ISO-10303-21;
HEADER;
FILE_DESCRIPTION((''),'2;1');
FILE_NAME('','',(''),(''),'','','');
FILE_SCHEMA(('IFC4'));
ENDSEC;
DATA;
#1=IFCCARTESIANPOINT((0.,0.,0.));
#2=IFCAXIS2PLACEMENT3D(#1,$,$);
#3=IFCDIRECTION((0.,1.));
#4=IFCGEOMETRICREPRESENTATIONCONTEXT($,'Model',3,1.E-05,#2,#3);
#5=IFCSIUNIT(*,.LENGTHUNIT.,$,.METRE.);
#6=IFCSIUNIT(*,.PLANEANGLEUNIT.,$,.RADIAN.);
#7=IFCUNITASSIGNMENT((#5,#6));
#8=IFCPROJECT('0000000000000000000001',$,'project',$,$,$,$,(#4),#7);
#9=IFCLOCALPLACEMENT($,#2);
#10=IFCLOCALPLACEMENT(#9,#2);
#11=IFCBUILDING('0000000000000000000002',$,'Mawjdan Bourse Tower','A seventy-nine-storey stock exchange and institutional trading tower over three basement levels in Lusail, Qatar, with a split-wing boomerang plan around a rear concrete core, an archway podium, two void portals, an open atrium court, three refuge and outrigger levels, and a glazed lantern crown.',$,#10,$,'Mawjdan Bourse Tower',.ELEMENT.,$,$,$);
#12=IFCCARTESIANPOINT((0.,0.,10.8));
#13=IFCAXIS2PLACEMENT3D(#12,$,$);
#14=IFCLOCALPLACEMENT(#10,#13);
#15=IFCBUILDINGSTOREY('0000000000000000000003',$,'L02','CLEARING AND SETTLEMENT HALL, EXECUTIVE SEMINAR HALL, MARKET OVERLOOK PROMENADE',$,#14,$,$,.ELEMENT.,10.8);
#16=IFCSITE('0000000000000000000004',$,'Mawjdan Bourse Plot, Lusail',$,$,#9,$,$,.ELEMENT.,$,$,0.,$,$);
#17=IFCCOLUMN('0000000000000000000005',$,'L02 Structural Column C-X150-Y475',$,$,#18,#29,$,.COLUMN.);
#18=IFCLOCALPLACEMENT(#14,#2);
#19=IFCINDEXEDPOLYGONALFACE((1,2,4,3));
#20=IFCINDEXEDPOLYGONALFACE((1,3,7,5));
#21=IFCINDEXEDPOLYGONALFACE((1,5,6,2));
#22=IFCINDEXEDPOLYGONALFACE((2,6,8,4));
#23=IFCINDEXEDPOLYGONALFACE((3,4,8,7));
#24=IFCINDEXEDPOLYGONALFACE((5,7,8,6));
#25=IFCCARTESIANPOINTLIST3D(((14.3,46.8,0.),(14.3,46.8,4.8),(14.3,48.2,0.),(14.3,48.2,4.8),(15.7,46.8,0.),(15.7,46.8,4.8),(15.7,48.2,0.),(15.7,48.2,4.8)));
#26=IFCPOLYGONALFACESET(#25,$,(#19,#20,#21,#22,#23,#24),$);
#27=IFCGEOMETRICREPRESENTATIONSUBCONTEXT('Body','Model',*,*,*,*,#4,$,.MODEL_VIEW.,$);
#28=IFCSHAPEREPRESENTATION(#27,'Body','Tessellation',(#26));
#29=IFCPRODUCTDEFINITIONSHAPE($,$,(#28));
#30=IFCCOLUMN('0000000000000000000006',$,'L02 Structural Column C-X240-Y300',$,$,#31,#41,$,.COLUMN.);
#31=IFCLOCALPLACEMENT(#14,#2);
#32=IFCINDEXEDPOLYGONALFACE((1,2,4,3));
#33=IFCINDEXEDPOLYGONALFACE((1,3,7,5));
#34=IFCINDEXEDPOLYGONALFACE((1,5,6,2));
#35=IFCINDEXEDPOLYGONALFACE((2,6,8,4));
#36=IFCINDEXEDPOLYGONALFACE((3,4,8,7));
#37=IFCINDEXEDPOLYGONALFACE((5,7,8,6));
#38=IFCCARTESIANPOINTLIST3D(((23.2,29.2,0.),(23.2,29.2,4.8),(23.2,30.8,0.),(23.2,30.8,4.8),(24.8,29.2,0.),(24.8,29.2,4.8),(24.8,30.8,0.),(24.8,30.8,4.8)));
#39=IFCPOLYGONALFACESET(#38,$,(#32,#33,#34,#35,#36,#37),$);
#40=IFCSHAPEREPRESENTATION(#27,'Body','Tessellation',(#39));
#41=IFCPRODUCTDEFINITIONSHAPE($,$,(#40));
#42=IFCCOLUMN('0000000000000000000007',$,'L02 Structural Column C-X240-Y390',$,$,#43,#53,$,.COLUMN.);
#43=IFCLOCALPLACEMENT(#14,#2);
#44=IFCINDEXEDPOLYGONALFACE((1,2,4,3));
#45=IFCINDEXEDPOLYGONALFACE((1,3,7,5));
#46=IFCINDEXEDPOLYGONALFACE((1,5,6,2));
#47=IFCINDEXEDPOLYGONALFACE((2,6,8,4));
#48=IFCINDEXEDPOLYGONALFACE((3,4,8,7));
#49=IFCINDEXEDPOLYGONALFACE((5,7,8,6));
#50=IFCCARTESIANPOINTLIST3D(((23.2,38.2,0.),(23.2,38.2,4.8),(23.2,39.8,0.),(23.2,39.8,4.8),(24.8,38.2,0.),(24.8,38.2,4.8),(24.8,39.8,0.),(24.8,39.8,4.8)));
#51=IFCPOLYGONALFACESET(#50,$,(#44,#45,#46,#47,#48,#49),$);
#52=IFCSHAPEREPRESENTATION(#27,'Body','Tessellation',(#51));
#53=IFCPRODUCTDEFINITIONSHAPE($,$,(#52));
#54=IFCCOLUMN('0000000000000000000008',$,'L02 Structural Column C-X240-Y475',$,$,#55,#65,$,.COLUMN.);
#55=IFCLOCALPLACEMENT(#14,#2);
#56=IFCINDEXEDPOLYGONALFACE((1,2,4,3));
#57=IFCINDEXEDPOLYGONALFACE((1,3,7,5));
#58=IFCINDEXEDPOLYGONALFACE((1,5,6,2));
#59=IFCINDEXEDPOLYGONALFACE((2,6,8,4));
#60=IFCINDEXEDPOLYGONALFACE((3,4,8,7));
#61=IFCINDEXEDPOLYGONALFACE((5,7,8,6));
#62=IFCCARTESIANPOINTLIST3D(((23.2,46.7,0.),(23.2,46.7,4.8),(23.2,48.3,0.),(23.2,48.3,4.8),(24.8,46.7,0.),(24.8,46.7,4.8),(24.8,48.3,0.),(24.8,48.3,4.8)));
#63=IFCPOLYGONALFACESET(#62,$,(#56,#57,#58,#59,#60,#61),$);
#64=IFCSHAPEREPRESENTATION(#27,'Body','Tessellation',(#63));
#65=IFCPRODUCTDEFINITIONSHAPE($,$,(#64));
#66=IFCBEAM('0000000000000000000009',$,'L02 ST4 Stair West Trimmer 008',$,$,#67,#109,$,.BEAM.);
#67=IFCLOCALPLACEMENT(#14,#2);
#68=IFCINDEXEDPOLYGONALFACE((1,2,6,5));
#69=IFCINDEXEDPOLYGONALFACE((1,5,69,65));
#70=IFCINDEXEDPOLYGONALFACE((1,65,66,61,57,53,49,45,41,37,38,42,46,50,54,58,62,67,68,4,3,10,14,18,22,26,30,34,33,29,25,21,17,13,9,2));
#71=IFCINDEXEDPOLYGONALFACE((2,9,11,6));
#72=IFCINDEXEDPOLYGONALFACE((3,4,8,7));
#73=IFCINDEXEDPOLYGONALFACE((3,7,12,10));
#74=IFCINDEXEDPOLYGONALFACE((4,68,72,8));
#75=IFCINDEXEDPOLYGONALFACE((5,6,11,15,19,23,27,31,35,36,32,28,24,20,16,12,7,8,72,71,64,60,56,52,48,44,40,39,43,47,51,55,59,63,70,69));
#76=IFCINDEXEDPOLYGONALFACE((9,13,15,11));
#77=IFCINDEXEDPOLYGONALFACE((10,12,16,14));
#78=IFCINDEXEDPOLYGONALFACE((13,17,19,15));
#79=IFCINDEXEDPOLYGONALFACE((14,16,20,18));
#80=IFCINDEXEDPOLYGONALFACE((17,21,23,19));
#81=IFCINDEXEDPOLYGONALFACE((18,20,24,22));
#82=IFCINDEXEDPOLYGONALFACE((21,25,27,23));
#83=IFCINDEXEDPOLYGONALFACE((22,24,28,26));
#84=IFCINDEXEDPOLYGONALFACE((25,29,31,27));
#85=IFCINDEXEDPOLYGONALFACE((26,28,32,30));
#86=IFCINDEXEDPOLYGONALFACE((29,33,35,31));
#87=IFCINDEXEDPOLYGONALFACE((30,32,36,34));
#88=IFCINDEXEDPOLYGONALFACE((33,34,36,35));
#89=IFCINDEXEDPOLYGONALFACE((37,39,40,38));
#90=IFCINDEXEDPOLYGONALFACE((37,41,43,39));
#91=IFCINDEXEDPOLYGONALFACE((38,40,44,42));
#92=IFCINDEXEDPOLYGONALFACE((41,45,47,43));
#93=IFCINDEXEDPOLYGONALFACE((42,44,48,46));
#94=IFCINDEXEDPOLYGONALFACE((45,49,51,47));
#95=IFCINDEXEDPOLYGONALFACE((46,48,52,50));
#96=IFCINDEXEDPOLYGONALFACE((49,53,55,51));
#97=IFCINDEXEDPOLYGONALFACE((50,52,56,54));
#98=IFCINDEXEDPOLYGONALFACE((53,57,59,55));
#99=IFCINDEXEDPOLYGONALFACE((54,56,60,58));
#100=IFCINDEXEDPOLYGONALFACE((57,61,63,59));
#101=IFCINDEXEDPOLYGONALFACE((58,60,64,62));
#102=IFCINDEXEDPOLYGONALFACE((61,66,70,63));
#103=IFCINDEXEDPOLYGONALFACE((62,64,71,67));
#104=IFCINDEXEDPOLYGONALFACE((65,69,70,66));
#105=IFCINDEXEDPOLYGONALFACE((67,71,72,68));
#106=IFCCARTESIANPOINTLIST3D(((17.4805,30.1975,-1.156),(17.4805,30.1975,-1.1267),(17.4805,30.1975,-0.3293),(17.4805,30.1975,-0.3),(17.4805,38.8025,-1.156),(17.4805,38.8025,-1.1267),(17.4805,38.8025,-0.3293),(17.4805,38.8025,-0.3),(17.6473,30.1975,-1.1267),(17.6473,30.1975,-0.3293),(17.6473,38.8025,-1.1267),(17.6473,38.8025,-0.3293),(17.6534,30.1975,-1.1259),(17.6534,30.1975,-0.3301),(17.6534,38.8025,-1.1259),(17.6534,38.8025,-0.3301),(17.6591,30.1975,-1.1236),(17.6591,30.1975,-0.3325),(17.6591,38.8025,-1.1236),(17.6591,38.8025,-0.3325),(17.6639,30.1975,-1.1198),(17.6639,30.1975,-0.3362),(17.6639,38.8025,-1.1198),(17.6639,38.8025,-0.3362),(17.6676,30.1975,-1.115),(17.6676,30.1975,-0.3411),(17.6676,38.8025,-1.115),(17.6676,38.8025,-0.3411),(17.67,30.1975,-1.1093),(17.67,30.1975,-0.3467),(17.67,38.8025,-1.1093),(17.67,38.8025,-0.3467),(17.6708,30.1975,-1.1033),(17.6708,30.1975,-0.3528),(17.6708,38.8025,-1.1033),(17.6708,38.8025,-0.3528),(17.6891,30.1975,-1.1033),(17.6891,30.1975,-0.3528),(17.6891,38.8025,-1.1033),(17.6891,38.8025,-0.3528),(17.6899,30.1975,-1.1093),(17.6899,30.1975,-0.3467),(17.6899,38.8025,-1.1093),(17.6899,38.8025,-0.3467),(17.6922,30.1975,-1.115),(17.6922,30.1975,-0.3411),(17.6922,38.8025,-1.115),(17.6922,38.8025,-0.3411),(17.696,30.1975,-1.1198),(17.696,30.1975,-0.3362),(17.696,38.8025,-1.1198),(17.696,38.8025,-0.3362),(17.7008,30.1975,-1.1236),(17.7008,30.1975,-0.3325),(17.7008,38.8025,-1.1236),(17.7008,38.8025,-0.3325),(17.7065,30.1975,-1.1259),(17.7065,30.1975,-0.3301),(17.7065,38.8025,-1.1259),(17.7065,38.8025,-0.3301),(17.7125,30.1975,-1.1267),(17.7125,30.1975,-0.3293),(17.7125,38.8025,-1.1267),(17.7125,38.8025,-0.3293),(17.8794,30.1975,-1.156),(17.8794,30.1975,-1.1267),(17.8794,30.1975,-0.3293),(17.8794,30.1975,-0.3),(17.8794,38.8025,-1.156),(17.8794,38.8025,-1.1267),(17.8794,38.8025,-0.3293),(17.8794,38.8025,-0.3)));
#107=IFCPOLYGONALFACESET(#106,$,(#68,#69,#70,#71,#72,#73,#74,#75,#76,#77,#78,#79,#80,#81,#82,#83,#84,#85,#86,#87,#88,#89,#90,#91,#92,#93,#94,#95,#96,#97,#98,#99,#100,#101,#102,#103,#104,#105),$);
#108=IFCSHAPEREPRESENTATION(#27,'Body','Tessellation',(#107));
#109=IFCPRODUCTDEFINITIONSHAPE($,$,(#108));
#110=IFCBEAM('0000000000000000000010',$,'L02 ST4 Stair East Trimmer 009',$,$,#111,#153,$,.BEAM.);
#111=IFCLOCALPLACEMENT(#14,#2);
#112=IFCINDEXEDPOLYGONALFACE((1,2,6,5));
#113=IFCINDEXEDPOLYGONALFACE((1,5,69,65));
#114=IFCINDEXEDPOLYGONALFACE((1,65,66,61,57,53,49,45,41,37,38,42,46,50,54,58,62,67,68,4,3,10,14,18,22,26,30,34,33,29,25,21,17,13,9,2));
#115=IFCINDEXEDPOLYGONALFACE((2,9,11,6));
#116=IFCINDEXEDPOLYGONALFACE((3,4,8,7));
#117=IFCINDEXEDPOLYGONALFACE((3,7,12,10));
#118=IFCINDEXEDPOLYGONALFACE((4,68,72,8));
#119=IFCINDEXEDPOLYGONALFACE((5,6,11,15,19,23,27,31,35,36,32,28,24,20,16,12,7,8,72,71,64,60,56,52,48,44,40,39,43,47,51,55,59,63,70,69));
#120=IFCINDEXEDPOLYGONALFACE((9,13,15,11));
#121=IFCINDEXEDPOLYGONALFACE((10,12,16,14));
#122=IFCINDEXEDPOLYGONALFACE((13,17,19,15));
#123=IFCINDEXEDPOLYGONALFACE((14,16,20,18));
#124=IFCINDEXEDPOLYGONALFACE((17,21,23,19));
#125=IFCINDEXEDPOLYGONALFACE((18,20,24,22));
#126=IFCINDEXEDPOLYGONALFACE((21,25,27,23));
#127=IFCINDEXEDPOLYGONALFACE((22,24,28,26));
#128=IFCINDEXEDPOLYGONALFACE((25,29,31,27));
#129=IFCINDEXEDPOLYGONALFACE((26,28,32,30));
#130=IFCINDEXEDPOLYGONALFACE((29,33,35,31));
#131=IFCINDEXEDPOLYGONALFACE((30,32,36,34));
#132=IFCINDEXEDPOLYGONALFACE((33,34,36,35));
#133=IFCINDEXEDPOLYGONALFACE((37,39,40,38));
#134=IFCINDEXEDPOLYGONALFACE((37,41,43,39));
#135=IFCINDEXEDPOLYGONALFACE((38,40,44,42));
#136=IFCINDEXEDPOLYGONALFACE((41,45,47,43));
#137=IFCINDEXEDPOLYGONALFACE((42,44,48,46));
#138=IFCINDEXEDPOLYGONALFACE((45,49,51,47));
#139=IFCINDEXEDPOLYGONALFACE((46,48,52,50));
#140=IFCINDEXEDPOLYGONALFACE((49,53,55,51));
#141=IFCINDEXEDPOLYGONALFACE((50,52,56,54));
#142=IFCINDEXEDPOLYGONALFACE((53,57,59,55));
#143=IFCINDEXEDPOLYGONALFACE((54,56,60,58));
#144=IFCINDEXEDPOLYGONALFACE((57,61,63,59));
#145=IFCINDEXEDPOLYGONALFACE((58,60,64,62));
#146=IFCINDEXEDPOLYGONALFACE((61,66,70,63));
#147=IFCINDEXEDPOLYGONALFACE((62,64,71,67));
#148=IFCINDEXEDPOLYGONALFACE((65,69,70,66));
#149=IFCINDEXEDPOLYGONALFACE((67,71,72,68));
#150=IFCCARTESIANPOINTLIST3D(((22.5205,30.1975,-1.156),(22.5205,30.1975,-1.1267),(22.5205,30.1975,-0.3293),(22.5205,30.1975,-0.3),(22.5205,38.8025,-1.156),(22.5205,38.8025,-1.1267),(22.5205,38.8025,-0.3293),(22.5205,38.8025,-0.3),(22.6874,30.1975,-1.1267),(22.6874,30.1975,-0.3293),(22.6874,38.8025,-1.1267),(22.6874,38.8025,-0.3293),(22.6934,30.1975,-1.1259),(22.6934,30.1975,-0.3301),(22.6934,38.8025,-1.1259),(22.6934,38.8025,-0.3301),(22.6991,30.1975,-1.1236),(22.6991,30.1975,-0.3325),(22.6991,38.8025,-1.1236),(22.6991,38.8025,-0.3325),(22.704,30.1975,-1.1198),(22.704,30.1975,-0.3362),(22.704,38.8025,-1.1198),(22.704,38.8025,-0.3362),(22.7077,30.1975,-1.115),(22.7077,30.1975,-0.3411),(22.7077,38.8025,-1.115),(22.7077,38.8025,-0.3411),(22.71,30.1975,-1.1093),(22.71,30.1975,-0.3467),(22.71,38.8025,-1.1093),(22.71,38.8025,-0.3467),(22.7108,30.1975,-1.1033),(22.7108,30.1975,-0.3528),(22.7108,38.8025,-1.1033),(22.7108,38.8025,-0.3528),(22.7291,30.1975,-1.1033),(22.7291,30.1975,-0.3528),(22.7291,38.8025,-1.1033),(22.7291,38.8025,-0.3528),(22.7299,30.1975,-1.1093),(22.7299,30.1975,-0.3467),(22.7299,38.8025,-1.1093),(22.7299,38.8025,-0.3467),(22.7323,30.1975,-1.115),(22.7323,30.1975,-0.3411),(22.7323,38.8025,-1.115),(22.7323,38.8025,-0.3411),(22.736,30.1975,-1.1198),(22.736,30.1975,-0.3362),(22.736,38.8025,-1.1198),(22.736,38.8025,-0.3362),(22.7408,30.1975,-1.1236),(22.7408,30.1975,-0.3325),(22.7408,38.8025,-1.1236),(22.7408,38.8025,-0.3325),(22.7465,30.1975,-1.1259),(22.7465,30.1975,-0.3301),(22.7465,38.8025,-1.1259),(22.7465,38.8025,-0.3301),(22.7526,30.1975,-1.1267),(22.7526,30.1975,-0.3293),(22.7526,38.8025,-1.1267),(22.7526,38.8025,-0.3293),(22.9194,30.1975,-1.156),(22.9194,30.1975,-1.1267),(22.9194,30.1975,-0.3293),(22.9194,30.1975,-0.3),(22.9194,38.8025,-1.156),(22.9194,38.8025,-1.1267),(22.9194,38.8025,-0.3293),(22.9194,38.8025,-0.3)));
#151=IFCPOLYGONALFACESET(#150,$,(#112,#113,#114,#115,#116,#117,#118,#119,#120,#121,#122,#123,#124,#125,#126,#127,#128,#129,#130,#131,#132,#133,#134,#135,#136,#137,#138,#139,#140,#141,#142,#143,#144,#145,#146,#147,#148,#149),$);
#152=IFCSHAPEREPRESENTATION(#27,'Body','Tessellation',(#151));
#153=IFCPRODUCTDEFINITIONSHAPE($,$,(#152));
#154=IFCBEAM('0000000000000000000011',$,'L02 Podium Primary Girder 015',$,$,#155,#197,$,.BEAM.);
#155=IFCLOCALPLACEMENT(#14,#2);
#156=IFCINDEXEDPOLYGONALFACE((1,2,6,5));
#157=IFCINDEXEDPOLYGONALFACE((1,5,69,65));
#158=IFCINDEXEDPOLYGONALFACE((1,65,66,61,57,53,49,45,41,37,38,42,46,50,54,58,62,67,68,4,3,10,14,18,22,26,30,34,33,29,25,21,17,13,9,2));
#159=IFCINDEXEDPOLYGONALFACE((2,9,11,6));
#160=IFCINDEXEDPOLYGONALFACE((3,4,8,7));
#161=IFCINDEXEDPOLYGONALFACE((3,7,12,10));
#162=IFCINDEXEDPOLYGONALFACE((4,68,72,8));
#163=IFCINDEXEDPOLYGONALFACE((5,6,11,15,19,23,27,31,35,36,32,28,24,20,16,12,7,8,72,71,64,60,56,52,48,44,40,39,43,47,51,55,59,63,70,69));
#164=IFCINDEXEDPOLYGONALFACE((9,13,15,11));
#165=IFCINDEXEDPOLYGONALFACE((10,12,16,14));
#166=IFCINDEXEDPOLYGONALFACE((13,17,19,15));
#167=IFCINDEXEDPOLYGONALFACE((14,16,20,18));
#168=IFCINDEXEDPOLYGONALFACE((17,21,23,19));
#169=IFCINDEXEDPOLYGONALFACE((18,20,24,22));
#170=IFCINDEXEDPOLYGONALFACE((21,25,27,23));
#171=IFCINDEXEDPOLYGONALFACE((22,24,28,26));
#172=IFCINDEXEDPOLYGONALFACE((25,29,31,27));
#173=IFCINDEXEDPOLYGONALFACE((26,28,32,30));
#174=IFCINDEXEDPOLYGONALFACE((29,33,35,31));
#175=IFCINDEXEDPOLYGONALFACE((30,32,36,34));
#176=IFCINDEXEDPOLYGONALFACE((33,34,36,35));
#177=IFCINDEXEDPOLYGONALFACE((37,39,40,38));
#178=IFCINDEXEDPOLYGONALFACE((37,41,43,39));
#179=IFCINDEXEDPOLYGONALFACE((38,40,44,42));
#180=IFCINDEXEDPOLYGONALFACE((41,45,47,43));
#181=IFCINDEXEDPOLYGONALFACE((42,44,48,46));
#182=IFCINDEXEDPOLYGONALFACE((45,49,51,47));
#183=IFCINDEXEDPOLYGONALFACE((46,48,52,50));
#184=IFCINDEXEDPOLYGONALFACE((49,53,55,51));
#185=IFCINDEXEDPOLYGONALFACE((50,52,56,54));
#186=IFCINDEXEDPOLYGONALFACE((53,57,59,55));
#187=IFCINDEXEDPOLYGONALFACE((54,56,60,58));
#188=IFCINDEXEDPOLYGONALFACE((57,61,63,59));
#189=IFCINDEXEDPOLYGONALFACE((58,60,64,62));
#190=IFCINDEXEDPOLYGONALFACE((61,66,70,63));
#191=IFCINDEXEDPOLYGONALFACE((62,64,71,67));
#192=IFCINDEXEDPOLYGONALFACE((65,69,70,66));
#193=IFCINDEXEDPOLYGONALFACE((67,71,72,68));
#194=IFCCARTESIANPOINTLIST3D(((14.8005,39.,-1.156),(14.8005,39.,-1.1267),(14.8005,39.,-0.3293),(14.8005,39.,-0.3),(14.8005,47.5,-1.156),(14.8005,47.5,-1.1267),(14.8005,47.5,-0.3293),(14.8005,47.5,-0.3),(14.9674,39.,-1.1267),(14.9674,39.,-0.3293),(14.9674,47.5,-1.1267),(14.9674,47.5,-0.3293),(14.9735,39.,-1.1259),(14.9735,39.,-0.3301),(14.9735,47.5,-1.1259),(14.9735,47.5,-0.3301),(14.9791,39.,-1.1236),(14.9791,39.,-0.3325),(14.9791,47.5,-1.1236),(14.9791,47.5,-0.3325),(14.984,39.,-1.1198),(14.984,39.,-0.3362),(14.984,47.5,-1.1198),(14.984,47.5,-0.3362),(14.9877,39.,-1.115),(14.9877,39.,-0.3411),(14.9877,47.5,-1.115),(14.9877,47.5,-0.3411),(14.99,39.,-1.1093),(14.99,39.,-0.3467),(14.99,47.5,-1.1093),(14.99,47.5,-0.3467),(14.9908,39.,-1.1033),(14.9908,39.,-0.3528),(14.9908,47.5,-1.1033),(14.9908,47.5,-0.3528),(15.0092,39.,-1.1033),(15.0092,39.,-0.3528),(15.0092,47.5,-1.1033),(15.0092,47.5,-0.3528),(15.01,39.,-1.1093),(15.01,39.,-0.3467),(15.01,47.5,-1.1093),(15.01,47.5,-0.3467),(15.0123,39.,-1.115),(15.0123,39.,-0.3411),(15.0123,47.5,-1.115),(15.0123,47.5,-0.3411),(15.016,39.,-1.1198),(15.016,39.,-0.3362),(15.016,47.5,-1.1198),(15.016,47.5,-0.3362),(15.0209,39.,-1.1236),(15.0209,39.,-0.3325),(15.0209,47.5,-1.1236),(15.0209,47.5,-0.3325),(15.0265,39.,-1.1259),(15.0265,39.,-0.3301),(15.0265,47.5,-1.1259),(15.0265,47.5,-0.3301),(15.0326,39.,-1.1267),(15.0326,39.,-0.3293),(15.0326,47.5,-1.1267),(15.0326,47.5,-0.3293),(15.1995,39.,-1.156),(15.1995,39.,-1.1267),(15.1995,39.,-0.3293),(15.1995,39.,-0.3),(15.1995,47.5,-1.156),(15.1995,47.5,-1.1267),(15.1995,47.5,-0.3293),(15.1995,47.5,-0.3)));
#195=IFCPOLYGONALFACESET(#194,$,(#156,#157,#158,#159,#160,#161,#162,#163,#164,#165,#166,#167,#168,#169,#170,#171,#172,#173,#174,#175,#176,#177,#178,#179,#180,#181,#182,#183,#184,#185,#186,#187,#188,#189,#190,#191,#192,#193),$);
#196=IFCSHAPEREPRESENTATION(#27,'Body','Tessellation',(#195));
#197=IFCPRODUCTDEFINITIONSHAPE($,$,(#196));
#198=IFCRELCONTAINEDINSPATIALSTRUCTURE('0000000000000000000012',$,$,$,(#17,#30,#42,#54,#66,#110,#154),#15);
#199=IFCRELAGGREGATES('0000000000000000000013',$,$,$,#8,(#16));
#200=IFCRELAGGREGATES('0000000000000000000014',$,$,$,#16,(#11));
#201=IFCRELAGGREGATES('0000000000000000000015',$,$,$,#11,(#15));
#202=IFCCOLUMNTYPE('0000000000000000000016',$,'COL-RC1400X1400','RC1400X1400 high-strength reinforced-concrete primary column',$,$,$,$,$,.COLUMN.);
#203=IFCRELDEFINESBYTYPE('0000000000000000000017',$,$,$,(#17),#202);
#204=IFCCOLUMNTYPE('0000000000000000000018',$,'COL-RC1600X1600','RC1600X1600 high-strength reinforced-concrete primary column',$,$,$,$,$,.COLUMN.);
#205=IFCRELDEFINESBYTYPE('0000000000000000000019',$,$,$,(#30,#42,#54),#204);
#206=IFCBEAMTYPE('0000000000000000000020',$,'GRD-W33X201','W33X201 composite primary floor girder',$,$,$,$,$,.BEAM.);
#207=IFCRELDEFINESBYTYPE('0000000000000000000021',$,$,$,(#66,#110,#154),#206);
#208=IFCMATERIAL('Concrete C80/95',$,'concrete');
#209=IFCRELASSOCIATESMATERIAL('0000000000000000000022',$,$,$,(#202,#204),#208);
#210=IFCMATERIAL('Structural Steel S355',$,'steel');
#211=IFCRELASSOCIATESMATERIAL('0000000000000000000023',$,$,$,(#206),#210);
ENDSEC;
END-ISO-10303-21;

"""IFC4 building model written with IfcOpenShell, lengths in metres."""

from ifc_helpers import new_model, si_unit, direction, frame, origin, origin_2d, place, context, subcontext, project, spatial, rectangle, i_section, extrude, material, material_profile, profile_set, type_object, element, save


model = new_model("IFC4")

# Units and contexts
model_context = context("Model", 3, precision=1e-05, world=origin(), true_north=direction((0.0, 1.0)))
body_context = subcontext(model_context, "Body", "Model", "MODEL_VIEW")
ifc_project = project(units=[si_unit("LENGTHUNIT", "METRE"), si_unit("PLANEANGLEUNIT", "RADIAN")], contexts=[model_context])

# Site, building, storey
site_placement = place(None, origin())
site = spatial("IfcSite", under=ifc_project, at=site_placement, Name="Mawjdan Bourse Plot, Lusail", CompositionType="ELEMENT", RefElevation=0.0)
building_placement = place(site_placement, origin())
building = spatial("IfcBuilding", under=site, at=building_placement, Name="Mawjdan Bourse Tower", Description="A seventy-nine-storey stock exchange and institutional trading tower over three basement levels in Lusail, Qatar, with a split-wing boomerang plan around a rear concrete core, an archway podium, two void portals, an open atrium court, three refuge and outrigger levels, and a glazed lantern crown.", LongName="Mawjdan Bourse Tower", CompositionType="ELEMENT")
storey_placement = place(building_placement, frame((0.0, 0.0, 10.8)))
storey = spatial("IfcBuildingStorey", under=building, at=storey_placement, Name="L02", Description="CLEARING AND SETTLEMENT HALL, EXECUTIVE SEMINAR HALL, MARKET OVERLOOK PROMENADE", CompositionType="ELEMENT", Elevation=10.8)

# Columns
ifc_material_1 = material(Name="Concrete C80/95", Category="concrete")
ifc_material_profile_1 = material_profile(ifc_material_1, rectangle(XDim=1.3999, YDim=1.3999, at=origin_2d()), Name="RC1400X1400")
ifc_profile_set_1 = profile_set([ifc_material_profile_1], Name="Concrete C80/95")
column_type_1 = type_object("IfcColumnType", Name="COL-RC1400X1400", Description="RC1400X1400 high-strength reinforced-concrete primary column", PredefinedType="COLUMN", material=ifc_profile_set_1)
column_placement = place(storey_placement, frame((15.0, 47.5, 0.0), z_axis=(0.0, 0.0, 1.0), x_axis=(1.0, 0.0, 0.0)))
element("IfcColumn", 1, at=column_placement, inside=storey, type_object=column_type_1, Name="L02 Structural Column C-X150-Y475", PredefinedType="COLUMN", context=body_context, shape_type="SweptSolid", body=[
    extrude(rectangle(XDim=1.3999, YDim=1.3999, at=origin_2d()), origin(), (0.0, 0.0, 1.0), 4.8),
])
ifc_material_profile_2 = material_profile(ifc_material_1, rectangle(XDim=1.6001, YDim=1.6001, at=origin_2d()), Name="RC1600X1600")
ifc_profile_set_2 = profile_set([ifc_material_profile_2], Name="Concrete C80/95")
column_type_2 = type_object("IfcColumnType", Name="COL-RC1600X1600", Description="RC1600X1600 high-strength reinforced-concrete primary column", PredefinedType="COLUMN", material=ifc_profile_set_2)
for number, where, z_axis, x_axis, name in (
    (2, (24.0, 30.0, 0.0), (0.0, 0.0, 1.0), (1.0, 0.0, 0.0), "L02 Structural Column C-X240-Y300"),
    (3, (24.0, 39.0, 0.0), (0.0, 0.0, 1.0), (1.0, 0.0, 0.0), "L02 Structural Column C-X240-Y390"),
    (4, (24.0, 47.5, 0.0), (0.0, 0.0, 1.0), (1.0, 0.0, 0.0), "L02 Structural Column C-X240-Y475"),
):
    element("IfcColumn", number, at=place(storey_placement, frame(where, z_axis=z_axis, x_axis=x_axis)), inside=storey, type_object=column_type_2, Name=name, PredefinedType="COLUMN", context=body_context, shape_type="SweptSolid", body=[
        extrude(rectangle(XDim=1.6001, YDim=1.6001, at=origin_2d()), origin(), (0.0, 0.0, 1.0), 4.8),
    ])

# Beams
ifc_material_2 = material(Name="Structural Steel S355", Category="steel")
ifc_material_profile_3 = material_profile(ifc_material_2, i_section(OverallWidth=0.3989, OverallDepth=0.856, WebThickness=0.0183, FlangeThickness=0.0293, FilletRadius=0.0234, at=origin_2d()), Name="W33X201")
ifc_profile_set_3 = profile_set([ifc_material_profile_3], Name="Structural Steel S355")
beam_type_1 = type_object("IfcBeamType", Name="GRD-W33X201", Description="W33X201 composite primary floor girder", PredefinedType="BEAM", material=ifc_profile_set_3)
for number, where, z_axis, x_axis, name in (
    (5, (17.6799, 30.1975, -0.728), (0.0, 1.0, 0.0), (-1.0, 0.0, 0.0), "L02 ST4 Stair West Trimmer 008"),
    (6, (22.72, 30.1975, -0.728), (0.0, 1.0, 0.0), (-1.0, 0.0, 0.0), "L02 ST4 Stair East Trimmer 009"),
):
    element("IfcBeam", number, at=place(storey_placement, frame(where, z_axis=z_axis, x_axis=x_axis)), inside=storey, type_object=beam_type_1, Name=name, PredefinedType="BEAM", context=body_context, shape_type="SweptSolid", body=[
        extrude(i_section(OverallWidth=0.3989, OverallDepth=0.856, WebThickness=0.0183, FlangeThickness=0.0293, FilletRadius=0.0234, at=origin_2d()), origin(), (0.0, 0.0, 1.0), 8.605),
    ])
beam_1_placement = place(storey_placement, frame((15.0, 39.0, -0.728), z_axis=(0.0, 1.0, 0.0), x_axis=(-1.0, 0.0, 0.0)))
element("IfcBeam", 7, at=beam_1_placement, inside=storey, type_object=beam_type_1, Name="L02 Podium Primary Girder 015", PredefinedType="BEAM", context=body_context, shape_type="SweptSolid", body=[
    extrude(i_section(OverallWidth=0.3989, OverallDepth=0.856, WebThickness=0.0183, FlangeThickness=0.0293, FilletRadius=0.0234, at=origin_2d()), origin(), (0.0, 0.0, 1.0), 8.5),
])

save(model, "model.ifc")
